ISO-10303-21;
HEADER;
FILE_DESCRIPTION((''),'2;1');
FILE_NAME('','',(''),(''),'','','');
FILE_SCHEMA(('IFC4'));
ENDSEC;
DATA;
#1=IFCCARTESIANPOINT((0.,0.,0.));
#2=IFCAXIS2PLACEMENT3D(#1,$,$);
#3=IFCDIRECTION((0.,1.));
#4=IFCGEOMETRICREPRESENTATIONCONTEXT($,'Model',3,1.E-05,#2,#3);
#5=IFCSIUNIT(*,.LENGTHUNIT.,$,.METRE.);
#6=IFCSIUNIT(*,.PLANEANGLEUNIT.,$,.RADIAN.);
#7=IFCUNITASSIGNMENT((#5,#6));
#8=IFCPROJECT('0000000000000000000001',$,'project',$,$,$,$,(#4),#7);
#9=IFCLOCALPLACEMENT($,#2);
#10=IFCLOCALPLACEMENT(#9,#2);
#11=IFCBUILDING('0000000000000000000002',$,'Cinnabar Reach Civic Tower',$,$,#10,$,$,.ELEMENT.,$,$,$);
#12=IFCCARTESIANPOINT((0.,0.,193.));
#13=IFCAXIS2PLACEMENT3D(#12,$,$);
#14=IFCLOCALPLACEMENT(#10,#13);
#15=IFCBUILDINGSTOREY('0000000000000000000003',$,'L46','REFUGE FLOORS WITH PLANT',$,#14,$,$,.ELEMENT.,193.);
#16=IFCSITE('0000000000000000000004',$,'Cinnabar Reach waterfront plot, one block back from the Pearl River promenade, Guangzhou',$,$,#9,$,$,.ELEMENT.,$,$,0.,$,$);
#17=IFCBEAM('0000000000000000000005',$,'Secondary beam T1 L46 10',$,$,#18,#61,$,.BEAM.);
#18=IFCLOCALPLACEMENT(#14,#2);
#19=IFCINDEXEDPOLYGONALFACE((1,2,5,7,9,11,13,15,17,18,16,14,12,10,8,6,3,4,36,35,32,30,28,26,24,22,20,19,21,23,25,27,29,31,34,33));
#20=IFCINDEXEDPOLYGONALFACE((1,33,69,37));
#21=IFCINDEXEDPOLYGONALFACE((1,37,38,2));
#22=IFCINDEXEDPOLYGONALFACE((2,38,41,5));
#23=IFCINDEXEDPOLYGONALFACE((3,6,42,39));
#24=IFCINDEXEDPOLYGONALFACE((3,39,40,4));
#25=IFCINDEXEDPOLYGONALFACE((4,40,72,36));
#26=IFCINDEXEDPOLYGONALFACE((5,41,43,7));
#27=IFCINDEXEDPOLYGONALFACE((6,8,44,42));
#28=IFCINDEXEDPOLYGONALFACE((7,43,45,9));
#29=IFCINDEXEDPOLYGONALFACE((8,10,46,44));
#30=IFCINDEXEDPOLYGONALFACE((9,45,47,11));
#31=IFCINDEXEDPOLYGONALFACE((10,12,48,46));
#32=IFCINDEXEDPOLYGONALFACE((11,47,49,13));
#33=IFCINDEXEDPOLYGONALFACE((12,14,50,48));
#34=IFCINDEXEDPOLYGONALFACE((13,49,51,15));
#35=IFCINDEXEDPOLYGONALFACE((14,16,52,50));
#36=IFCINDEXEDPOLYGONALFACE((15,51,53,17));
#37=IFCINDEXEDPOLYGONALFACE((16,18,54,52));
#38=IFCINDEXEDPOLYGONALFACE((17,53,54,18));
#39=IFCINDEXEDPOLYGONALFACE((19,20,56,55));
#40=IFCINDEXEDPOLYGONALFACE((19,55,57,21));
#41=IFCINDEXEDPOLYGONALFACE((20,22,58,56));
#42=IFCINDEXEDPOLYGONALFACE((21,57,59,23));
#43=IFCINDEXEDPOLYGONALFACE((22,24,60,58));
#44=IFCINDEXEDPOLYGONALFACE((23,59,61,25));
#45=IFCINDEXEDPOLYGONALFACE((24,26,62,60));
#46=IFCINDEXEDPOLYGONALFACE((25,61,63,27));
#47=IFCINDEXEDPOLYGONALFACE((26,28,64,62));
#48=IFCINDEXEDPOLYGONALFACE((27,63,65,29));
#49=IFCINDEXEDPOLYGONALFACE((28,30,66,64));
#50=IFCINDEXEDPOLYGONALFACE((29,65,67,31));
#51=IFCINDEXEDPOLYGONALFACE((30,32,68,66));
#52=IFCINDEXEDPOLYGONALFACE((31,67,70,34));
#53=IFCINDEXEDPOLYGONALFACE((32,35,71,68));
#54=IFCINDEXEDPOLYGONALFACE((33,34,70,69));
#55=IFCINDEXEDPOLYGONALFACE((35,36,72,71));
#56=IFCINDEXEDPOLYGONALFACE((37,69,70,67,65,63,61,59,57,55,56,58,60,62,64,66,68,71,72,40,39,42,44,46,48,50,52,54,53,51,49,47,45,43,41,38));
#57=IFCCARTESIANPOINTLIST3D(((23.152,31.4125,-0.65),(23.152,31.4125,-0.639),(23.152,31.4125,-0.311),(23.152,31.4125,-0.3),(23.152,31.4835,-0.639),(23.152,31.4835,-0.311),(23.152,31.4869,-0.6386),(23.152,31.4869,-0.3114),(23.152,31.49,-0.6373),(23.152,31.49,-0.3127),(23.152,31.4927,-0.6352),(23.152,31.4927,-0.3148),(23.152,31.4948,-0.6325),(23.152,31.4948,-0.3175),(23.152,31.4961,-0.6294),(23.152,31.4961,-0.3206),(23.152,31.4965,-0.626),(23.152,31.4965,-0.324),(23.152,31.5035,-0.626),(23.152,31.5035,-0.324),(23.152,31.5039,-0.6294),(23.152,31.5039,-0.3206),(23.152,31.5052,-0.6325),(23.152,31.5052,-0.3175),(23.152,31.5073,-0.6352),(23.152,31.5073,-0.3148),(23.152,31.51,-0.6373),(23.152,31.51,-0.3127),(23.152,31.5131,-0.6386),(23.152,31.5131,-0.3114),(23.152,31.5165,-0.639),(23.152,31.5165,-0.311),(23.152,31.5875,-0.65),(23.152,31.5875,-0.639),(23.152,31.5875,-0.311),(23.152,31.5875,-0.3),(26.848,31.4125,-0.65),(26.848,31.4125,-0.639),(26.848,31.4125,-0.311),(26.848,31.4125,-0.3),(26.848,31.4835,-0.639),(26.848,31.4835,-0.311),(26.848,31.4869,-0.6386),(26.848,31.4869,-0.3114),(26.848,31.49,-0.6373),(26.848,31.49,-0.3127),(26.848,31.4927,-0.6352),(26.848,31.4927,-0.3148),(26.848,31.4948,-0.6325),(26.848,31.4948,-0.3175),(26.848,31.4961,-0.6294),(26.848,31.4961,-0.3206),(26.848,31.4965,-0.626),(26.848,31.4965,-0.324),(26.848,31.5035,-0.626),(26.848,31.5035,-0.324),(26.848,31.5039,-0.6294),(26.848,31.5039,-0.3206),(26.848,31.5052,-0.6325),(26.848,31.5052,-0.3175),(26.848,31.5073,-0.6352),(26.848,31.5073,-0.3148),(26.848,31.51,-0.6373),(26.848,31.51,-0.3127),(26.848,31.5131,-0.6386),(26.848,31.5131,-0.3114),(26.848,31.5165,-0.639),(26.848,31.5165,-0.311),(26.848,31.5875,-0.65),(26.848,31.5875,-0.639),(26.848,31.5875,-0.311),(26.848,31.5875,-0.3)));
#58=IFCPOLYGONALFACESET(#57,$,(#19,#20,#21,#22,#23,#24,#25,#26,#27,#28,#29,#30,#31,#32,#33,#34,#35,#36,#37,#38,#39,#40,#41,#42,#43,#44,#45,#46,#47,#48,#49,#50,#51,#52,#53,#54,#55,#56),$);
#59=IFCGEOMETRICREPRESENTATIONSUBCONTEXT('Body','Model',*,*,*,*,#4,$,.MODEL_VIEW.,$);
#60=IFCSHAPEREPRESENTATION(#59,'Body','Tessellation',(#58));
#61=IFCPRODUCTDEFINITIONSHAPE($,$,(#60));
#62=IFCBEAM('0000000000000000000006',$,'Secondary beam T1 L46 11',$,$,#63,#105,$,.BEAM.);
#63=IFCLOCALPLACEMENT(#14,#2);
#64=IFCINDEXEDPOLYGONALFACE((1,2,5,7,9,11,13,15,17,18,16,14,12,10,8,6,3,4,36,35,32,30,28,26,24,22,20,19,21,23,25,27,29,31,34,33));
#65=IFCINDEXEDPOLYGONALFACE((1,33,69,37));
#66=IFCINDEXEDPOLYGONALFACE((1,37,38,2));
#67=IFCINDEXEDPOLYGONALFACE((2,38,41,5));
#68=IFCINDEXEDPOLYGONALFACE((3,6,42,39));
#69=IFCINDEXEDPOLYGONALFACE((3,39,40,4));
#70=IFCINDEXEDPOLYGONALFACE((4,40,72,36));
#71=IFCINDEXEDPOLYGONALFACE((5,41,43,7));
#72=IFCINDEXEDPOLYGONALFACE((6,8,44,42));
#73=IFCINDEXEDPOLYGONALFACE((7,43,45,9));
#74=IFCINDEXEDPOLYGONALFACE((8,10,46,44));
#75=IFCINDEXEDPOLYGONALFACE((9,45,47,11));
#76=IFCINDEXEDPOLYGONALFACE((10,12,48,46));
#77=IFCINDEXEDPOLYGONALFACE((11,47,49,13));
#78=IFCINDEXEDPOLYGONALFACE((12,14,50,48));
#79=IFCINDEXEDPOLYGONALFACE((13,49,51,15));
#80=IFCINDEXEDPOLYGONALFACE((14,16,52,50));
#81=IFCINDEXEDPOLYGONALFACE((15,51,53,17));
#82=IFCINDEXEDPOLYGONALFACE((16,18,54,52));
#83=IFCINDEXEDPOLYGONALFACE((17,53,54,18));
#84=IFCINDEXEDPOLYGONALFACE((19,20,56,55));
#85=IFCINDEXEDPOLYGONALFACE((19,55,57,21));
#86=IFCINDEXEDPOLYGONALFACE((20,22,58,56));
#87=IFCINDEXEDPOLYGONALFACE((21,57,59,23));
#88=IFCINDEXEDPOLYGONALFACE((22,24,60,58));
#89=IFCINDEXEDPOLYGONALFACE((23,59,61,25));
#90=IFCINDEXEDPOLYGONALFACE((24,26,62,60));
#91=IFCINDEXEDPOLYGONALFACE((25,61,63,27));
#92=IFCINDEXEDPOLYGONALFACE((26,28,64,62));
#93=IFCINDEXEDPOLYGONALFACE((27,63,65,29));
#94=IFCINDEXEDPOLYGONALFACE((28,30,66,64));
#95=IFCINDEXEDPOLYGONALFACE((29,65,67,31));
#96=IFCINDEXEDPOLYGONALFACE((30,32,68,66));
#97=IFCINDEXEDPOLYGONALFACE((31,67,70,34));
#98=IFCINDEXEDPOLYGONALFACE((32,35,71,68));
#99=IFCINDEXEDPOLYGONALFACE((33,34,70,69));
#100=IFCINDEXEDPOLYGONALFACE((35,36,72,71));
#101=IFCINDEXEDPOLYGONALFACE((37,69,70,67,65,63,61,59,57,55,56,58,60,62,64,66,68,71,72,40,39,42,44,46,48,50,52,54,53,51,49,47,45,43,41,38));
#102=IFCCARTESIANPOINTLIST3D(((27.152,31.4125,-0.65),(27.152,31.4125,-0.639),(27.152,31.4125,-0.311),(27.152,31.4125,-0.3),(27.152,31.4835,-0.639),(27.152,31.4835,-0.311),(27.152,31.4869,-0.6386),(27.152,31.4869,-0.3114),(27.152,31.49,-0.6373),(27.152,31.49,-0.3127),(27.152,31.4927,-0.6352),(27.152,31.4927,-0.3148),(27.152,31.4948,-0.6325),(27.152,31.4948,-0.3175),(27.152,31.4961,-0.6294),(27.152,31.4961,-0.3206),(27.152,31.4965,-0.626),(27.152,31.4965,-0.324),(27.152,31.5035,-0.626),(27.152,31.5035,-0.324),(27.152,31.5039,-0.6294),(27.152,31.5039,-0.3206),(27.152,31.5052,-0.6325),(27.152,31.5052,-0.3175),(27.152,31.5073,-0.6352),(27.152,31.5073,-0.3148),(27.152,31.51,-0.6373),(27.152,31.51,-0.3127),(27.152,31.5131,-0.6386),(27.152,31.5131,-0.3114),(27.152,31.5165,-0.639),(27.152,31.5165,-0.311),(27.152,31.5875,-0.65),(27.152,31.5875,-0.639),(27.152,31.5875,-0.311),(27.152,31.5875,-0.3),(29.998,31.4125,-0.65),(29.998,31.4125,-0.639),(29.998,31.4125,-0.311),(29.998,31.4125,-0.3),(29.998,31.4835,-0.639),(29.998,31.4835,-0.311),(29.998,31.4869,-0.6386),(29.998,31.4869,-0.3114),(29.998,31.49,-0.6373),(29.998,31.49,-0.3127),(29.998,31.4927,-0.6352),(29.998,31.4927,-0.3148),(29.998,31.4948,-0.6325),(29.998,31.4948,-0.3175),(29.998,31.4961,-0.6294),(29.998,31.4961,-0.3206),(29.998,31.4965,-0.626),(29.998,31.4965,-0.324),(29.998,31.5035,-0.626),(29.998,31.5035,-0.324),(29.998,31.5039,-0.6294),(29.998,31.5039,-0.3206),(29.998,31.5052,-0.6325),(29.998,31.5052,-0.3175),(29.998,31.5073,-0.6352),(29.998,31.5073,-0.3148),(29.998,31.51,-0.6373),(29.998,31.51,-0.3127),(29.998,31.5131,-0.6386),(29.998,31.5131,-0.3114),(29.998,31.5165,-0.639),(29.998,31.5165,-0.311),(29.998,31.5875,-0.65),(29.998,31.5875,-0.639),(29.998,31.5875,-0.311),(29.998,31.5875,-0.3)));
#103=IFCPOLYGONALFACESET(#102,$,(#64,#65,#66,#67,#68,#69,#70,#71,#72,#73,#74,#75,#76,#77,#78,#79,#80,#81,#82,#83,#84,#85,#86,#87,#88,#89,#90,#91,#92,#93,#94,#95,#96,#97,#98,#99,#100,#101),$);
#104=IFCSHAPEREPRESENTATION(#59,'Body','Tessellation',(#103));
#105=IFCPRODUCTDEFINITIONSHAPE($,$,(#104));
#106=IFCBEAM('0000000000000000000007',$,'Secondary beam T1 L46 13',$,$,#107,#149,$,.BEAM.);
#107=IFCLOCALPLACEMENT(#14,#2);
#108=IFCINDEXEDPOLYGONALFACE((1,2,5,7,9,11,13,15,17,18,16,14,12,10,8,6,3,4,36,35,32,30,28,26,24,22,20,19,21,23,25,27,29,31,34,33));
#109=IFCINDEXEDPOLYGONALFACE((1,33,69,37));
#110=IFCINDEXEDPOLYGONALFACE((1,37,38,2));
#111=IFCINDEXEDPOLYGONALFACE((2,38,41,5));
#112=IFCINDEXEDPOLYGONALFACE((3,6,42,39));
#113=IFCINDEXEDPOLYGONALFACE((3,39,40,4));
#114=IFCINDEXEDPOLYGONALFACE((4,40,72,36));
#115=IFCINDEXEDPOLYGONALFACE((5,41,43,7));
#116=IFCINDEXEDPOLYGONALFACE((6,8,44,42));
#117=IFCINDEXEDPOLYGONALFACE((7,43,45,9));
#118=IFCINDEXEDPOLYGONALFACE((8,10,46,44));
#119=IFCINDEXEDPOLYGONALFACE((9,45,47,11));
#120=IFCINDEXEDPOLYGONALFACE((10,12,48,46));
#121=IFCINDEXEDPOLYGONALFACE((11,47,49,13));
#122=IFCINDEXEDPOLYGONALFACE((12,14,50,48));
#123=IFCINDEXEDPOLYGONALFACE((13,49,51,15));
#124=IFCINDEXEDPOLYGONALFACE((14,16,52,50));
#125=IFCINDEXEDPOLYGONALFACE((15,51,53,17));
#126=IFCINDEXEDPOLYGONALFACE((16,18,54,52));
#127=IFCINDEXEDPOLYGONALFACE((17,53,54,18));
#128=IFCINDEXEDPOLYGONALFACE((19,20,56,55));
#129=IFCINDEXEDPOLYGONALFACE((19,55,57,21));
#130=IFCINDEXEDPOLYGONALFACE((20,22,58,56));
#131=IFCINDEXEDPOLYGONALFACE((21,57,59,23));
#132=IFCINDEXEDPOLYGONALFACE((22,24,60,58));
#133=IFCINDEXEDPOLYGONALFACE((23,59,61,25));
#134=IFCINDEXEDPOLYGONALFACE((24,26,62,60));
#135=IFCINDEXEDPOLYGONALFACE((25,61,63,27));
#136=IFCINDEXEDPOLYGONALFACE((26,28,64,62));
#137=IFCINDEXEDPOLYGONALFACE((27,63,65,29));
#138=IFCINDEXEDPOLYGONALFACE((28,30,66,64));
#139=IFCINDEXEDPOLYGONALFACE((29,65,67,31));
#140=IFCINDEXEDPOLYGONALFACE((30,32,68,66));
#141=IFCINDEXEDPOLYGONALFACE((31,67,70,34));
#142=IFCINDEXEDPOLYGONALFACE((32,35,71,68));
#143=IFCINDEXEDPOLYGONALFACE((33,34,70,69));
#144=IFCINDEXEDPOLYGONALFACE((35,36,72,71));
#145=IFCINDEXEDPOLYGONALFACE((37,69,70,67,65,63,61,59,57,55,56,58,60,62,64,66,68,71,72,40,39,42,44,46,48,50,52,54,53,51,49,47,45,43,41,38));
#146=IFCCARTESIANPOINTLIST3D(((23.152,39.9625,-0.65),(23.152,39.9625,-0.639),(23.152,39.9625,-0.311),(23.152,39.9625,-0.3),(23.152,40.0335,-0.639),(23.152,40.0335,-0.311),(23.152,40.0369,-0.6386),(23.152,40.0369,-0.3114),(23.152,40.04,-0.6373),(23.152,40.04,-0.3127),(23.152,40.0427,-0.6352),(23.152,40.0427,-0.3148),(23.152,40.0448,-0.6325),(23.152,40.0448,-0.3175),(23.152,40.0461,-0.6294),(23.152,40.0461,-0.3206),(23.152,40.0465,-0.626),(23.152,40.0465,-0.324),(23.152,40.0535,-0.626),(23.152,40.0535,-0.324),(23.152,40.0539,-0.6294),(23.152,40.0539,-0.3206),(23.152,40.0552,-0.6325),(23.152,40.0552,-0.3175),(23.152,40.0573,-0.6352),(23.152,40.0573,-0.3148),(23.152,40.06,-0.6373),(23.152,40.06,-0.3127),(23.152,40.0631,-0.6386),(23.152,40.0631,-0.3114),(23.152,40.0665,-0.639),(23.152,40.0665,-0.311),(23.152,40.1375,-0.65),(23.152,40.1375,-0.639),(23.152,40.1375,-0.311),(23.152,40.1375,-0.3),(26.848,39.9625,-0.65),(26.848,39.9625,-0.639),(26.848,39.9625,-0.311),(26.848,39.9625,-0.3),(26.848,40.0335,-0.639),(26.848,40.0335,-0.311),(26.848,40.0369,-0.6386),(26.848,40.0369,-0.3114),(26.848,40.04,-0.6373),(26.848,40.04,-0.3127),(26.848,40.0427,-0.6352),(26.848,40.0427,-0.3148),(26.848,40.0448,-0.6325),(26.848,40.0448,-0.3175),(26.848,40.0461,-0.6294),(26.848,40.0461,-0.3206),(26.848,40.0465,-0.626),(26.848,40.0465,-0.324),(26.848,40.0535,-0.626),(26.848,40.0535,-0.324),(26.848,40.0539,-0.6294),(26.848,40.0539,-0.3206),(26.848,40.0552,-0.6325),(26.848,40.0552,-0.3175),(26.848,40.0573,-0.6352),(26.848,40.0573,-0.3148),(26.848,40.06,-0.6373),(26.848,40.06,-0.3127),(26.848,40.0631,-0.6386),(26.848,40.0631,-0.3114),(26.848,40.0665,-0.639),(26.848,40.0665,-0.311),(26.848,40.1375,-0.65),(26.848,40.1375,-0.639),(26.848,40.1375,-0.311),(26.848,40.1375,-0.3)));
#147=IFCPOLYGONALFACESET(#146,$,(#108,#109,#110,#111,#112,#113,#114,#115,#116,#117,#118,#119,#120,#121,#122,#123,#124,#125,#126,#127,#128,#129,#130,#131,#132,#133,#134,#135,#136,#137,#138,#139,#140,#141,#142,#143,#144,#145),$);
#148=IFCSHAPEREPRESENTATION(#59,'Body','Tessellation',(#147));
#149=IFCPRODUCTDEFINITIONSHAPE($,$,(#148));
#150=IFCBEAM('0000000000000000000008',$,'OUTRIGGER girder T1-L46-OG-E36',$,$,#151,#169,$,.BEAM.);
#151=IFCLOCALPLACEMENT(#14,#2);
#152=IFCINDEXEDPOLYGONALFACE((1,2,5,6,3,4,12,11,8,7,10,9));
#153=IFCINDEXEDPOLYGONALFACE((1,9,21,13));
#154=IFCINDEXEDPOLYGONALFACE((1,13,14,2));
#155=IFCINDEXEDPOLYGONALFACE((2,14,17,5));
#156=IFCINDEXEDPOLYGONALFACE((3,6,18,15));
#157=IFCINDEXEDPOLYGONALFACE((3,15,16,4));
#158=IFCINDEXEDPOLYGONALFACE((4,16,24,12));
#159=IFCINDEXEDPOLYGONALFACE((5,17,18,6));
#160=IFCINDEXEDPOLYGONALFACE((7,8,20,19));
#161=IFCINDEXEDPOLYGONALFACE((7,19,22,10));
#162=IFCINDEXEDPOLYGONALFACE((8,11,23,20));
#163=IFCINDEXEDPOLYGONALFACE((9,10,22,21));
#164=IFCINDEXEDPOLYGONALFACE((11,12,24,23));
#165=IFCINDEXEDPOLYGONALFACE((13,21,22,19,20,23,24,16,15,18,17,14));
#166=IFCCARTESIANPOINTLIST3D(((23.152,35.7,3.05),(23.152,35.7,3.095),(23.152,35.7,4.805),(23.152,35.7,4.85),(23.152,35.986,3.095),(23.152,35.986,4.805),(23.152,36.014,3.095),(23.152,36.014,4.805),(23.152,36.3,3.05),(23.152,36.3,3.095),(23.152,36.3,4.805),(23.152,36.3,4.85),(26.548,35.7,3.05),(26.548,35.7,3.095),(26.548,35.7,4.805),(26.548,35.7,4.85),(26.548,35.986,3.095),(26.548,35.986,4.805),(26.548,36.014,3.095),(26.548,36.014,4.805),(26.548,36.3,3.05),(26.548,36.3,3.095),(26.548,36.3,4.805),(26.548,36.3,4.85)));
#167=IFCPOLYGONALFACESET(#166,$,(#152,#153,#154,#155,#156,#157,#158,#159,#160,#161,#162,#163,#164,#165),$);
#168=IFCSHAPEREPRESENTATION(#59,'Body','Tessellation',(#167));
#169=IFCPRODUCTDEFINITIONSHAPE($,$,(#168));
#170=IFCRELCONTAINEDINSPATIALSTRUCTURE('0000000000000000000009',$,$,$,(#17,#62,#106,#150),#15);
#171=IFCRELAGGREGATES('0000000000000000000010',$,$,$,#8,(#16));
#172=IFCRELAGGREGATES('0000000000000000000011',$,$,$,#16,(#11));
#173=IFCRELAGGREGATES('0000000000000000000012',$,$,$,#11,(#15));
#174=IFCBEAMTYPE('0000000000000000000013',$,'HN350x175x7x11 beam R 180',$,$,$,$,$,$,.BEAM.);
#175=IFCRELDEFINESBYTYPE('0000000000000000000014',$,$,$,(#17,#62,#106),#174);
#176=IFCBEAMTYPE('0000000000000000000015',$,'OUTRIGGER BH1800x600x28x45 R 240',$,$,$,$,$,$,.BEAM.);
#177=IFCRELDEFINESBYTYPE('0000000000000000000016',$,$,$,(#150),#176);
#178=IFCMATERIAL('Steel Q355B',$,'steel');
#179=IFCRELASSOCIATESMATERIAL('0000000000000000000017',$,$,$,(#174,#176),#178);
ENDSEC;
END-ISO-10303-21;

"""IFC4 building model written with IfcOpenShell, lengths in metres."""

from ifc_helpers import new_model, si_unit, direction, frame, origin, origin_2d, place, context, subcontext, project, spatial, i_section, extrude, material, material_profile, profile_set, type_object, element, save


model = new_model("IFC4")

# Units and contexts
model_context = context("Model", 3, precision=1e-05, world=origin(), true_north=direction((0.0, 1.0)))
body_context = subcontext(model_context, "Body", "Model", "MODEL_VIEW")
ifc_project = project(units=[si_unit("LENGTHUNIT", "METRE"), si_unit("PLANEANGLEUNIT", "RADIAN")], contexts=[model_context])

# Site, building, storey
site_placement = place(None, origin())
site = spatial("IfcSite", under=ifc_project, at=site_placement, Name="Cinnabar Reach waterfront plot, one block back from the Pearl River promenade, Guangzhou", CompositionType="ELEMENT", RefElevation=0.0)
building_placement = place(site_placement, origin())
building = spatial("IfcBuilding", under=site, at=building_placement, Name="Cinnabar Reach Civic Tower", CompositionType="ELEMENT")
storey_placement = place(building_placement, frame((0.0, 0.0, 193.0)))
storey = spatial("IfcBuildingStorey", under=building, at=storey_placement, Name="L46", Description="REFUGE FLOORS WITH PLANT", CompositionType="ELEMENT", Elevation=193.0)

# Beams
ifc_material_1 = material(Name="Steel Q355B", Category="steel")
ifc_material_profile_1 = material_profile(ifc_material_1, i_section(OverallWidth=0.175, OverallDepth=0.35, WebThickness=0.007, FlangeThickness=0.011, FilletRadius=0.013, at=origin_2d()), Name="HN350x175x7x11")
ifc_profile_set_1 = profile_set([ifc_material_profile_1], Name="Steel Q355B")
beam_type_1 = type_object("IfcBeamType", Name="HN350x175x7x11 beam R 180", PredefinedType="BEAM", material=ifc_profile_set_1)
beam_1_placement = place(storey_placement, frame((23.152, 31.5, -0.475), z_axis=(1.0, 0.0, 0.0), x_axis=(0.0, 1.0, 0.0)))
element("IfcBeam", 1, at=beam_1_placement, inside=storey, type_object=beam_type_1, Name="Secondary beam T1 L46 10", PredefinedType="BEAM", context=body_context, shape_type="SweptSolid", body=[
    extrude(i_section(OverallWidth=0.175, OverallDepth=0.35, WebThickness=0.007, FlangeThickness=0.011, FilletRadius=0.013, at=origin_2d()), origin(), (0.0, 0.0, 1.0), 3.696),
])
beam_2_placement = place(storey_placement, frame((27.152, 31.5, -0.475), z_axis=(1.0, 0.0, 0.0), x_axis=(0.0, 1.0, 0.0)))
element("IfcBeam", 2, at=beam_2_placement, inside=storey, type_object=beam_type_1, Name="Secondary beam T1 L46 11", PredefinedType="BEAM", context=body_context, shape_type="SweptSolid", body=[
    extrude(i_section(OverallWidth=0.175, OverallDepth=0.35, WebThickness=0.007, FlangeThickness=0.011, FilletRadius=0.013, at=origin_2d()), origin(), (0.0, 0.0, 1.0), 2.846),
])
beam_3_placement = place(storey_placement, frame((23.152, 40.05, -0.475), z_axis=(1.0, 0.0, 0.0), x_axis=(0.0, 1.0, 0.0)))
element("IfcBeam", 3, at=beam_3_placement, inside=storey, type_object=beam_type_1, Name="Secondary beam T1 L46 13", PredefinedType="BEAM", context=body_context, shape_type="SweptSolid", body=[
    extrude(i_section(OverallWidth=0.175, OverallDepth=0.35, WebThickness=0.007, FlangeThickness=0.011, FilletRadius=0.013, at=origin_2d()), origin(), (0.0, 0.0, 1.0), 3.696),
])
ifc_material_profile_2 = material_profile(ifc_material_1, i_section(OverallWidth=0.6, OverallDepth=1.8, WebThickness=0.028, FlangeThickness=0.045, at=origin_2d()), Name="BH1800x600x28x45")
ifc_profile_set_2 = profile_set([ifc_material_profile_2], Name="Steel Q355B")
beam_type_2 = type_object("IfcBeamType", Name="OUTRIGGER BH1800x600x28x45 R 240", PredefinedType="BEAM", material=ifc_profile_set_2)
beam_4_placement = place(storey_placement, frame((23.152, 36.0, 3.95), z_axis=(1.0, 0.0, 0.0), x_axis=(0.0, 1.0, 0.0)))
element("IfcBeam", 4, at=beam_4_placement, inside=storey, type_object=beam_type_2, Name="OUTRIGGER girder T1-L46-OG-E36", PredefinedType="BEAM", context=body_context, shape_type="SweptSolid", body=[
    extrude(i_section(OverallWidth=0.6, OverallDepth=1.8, WebThickness=0.028, FlangeThickness=0.045, at=origin_2d()), origin(), (0.0, 0.0, 1.0), 3.396),
])

save(model, "model.ifc")
